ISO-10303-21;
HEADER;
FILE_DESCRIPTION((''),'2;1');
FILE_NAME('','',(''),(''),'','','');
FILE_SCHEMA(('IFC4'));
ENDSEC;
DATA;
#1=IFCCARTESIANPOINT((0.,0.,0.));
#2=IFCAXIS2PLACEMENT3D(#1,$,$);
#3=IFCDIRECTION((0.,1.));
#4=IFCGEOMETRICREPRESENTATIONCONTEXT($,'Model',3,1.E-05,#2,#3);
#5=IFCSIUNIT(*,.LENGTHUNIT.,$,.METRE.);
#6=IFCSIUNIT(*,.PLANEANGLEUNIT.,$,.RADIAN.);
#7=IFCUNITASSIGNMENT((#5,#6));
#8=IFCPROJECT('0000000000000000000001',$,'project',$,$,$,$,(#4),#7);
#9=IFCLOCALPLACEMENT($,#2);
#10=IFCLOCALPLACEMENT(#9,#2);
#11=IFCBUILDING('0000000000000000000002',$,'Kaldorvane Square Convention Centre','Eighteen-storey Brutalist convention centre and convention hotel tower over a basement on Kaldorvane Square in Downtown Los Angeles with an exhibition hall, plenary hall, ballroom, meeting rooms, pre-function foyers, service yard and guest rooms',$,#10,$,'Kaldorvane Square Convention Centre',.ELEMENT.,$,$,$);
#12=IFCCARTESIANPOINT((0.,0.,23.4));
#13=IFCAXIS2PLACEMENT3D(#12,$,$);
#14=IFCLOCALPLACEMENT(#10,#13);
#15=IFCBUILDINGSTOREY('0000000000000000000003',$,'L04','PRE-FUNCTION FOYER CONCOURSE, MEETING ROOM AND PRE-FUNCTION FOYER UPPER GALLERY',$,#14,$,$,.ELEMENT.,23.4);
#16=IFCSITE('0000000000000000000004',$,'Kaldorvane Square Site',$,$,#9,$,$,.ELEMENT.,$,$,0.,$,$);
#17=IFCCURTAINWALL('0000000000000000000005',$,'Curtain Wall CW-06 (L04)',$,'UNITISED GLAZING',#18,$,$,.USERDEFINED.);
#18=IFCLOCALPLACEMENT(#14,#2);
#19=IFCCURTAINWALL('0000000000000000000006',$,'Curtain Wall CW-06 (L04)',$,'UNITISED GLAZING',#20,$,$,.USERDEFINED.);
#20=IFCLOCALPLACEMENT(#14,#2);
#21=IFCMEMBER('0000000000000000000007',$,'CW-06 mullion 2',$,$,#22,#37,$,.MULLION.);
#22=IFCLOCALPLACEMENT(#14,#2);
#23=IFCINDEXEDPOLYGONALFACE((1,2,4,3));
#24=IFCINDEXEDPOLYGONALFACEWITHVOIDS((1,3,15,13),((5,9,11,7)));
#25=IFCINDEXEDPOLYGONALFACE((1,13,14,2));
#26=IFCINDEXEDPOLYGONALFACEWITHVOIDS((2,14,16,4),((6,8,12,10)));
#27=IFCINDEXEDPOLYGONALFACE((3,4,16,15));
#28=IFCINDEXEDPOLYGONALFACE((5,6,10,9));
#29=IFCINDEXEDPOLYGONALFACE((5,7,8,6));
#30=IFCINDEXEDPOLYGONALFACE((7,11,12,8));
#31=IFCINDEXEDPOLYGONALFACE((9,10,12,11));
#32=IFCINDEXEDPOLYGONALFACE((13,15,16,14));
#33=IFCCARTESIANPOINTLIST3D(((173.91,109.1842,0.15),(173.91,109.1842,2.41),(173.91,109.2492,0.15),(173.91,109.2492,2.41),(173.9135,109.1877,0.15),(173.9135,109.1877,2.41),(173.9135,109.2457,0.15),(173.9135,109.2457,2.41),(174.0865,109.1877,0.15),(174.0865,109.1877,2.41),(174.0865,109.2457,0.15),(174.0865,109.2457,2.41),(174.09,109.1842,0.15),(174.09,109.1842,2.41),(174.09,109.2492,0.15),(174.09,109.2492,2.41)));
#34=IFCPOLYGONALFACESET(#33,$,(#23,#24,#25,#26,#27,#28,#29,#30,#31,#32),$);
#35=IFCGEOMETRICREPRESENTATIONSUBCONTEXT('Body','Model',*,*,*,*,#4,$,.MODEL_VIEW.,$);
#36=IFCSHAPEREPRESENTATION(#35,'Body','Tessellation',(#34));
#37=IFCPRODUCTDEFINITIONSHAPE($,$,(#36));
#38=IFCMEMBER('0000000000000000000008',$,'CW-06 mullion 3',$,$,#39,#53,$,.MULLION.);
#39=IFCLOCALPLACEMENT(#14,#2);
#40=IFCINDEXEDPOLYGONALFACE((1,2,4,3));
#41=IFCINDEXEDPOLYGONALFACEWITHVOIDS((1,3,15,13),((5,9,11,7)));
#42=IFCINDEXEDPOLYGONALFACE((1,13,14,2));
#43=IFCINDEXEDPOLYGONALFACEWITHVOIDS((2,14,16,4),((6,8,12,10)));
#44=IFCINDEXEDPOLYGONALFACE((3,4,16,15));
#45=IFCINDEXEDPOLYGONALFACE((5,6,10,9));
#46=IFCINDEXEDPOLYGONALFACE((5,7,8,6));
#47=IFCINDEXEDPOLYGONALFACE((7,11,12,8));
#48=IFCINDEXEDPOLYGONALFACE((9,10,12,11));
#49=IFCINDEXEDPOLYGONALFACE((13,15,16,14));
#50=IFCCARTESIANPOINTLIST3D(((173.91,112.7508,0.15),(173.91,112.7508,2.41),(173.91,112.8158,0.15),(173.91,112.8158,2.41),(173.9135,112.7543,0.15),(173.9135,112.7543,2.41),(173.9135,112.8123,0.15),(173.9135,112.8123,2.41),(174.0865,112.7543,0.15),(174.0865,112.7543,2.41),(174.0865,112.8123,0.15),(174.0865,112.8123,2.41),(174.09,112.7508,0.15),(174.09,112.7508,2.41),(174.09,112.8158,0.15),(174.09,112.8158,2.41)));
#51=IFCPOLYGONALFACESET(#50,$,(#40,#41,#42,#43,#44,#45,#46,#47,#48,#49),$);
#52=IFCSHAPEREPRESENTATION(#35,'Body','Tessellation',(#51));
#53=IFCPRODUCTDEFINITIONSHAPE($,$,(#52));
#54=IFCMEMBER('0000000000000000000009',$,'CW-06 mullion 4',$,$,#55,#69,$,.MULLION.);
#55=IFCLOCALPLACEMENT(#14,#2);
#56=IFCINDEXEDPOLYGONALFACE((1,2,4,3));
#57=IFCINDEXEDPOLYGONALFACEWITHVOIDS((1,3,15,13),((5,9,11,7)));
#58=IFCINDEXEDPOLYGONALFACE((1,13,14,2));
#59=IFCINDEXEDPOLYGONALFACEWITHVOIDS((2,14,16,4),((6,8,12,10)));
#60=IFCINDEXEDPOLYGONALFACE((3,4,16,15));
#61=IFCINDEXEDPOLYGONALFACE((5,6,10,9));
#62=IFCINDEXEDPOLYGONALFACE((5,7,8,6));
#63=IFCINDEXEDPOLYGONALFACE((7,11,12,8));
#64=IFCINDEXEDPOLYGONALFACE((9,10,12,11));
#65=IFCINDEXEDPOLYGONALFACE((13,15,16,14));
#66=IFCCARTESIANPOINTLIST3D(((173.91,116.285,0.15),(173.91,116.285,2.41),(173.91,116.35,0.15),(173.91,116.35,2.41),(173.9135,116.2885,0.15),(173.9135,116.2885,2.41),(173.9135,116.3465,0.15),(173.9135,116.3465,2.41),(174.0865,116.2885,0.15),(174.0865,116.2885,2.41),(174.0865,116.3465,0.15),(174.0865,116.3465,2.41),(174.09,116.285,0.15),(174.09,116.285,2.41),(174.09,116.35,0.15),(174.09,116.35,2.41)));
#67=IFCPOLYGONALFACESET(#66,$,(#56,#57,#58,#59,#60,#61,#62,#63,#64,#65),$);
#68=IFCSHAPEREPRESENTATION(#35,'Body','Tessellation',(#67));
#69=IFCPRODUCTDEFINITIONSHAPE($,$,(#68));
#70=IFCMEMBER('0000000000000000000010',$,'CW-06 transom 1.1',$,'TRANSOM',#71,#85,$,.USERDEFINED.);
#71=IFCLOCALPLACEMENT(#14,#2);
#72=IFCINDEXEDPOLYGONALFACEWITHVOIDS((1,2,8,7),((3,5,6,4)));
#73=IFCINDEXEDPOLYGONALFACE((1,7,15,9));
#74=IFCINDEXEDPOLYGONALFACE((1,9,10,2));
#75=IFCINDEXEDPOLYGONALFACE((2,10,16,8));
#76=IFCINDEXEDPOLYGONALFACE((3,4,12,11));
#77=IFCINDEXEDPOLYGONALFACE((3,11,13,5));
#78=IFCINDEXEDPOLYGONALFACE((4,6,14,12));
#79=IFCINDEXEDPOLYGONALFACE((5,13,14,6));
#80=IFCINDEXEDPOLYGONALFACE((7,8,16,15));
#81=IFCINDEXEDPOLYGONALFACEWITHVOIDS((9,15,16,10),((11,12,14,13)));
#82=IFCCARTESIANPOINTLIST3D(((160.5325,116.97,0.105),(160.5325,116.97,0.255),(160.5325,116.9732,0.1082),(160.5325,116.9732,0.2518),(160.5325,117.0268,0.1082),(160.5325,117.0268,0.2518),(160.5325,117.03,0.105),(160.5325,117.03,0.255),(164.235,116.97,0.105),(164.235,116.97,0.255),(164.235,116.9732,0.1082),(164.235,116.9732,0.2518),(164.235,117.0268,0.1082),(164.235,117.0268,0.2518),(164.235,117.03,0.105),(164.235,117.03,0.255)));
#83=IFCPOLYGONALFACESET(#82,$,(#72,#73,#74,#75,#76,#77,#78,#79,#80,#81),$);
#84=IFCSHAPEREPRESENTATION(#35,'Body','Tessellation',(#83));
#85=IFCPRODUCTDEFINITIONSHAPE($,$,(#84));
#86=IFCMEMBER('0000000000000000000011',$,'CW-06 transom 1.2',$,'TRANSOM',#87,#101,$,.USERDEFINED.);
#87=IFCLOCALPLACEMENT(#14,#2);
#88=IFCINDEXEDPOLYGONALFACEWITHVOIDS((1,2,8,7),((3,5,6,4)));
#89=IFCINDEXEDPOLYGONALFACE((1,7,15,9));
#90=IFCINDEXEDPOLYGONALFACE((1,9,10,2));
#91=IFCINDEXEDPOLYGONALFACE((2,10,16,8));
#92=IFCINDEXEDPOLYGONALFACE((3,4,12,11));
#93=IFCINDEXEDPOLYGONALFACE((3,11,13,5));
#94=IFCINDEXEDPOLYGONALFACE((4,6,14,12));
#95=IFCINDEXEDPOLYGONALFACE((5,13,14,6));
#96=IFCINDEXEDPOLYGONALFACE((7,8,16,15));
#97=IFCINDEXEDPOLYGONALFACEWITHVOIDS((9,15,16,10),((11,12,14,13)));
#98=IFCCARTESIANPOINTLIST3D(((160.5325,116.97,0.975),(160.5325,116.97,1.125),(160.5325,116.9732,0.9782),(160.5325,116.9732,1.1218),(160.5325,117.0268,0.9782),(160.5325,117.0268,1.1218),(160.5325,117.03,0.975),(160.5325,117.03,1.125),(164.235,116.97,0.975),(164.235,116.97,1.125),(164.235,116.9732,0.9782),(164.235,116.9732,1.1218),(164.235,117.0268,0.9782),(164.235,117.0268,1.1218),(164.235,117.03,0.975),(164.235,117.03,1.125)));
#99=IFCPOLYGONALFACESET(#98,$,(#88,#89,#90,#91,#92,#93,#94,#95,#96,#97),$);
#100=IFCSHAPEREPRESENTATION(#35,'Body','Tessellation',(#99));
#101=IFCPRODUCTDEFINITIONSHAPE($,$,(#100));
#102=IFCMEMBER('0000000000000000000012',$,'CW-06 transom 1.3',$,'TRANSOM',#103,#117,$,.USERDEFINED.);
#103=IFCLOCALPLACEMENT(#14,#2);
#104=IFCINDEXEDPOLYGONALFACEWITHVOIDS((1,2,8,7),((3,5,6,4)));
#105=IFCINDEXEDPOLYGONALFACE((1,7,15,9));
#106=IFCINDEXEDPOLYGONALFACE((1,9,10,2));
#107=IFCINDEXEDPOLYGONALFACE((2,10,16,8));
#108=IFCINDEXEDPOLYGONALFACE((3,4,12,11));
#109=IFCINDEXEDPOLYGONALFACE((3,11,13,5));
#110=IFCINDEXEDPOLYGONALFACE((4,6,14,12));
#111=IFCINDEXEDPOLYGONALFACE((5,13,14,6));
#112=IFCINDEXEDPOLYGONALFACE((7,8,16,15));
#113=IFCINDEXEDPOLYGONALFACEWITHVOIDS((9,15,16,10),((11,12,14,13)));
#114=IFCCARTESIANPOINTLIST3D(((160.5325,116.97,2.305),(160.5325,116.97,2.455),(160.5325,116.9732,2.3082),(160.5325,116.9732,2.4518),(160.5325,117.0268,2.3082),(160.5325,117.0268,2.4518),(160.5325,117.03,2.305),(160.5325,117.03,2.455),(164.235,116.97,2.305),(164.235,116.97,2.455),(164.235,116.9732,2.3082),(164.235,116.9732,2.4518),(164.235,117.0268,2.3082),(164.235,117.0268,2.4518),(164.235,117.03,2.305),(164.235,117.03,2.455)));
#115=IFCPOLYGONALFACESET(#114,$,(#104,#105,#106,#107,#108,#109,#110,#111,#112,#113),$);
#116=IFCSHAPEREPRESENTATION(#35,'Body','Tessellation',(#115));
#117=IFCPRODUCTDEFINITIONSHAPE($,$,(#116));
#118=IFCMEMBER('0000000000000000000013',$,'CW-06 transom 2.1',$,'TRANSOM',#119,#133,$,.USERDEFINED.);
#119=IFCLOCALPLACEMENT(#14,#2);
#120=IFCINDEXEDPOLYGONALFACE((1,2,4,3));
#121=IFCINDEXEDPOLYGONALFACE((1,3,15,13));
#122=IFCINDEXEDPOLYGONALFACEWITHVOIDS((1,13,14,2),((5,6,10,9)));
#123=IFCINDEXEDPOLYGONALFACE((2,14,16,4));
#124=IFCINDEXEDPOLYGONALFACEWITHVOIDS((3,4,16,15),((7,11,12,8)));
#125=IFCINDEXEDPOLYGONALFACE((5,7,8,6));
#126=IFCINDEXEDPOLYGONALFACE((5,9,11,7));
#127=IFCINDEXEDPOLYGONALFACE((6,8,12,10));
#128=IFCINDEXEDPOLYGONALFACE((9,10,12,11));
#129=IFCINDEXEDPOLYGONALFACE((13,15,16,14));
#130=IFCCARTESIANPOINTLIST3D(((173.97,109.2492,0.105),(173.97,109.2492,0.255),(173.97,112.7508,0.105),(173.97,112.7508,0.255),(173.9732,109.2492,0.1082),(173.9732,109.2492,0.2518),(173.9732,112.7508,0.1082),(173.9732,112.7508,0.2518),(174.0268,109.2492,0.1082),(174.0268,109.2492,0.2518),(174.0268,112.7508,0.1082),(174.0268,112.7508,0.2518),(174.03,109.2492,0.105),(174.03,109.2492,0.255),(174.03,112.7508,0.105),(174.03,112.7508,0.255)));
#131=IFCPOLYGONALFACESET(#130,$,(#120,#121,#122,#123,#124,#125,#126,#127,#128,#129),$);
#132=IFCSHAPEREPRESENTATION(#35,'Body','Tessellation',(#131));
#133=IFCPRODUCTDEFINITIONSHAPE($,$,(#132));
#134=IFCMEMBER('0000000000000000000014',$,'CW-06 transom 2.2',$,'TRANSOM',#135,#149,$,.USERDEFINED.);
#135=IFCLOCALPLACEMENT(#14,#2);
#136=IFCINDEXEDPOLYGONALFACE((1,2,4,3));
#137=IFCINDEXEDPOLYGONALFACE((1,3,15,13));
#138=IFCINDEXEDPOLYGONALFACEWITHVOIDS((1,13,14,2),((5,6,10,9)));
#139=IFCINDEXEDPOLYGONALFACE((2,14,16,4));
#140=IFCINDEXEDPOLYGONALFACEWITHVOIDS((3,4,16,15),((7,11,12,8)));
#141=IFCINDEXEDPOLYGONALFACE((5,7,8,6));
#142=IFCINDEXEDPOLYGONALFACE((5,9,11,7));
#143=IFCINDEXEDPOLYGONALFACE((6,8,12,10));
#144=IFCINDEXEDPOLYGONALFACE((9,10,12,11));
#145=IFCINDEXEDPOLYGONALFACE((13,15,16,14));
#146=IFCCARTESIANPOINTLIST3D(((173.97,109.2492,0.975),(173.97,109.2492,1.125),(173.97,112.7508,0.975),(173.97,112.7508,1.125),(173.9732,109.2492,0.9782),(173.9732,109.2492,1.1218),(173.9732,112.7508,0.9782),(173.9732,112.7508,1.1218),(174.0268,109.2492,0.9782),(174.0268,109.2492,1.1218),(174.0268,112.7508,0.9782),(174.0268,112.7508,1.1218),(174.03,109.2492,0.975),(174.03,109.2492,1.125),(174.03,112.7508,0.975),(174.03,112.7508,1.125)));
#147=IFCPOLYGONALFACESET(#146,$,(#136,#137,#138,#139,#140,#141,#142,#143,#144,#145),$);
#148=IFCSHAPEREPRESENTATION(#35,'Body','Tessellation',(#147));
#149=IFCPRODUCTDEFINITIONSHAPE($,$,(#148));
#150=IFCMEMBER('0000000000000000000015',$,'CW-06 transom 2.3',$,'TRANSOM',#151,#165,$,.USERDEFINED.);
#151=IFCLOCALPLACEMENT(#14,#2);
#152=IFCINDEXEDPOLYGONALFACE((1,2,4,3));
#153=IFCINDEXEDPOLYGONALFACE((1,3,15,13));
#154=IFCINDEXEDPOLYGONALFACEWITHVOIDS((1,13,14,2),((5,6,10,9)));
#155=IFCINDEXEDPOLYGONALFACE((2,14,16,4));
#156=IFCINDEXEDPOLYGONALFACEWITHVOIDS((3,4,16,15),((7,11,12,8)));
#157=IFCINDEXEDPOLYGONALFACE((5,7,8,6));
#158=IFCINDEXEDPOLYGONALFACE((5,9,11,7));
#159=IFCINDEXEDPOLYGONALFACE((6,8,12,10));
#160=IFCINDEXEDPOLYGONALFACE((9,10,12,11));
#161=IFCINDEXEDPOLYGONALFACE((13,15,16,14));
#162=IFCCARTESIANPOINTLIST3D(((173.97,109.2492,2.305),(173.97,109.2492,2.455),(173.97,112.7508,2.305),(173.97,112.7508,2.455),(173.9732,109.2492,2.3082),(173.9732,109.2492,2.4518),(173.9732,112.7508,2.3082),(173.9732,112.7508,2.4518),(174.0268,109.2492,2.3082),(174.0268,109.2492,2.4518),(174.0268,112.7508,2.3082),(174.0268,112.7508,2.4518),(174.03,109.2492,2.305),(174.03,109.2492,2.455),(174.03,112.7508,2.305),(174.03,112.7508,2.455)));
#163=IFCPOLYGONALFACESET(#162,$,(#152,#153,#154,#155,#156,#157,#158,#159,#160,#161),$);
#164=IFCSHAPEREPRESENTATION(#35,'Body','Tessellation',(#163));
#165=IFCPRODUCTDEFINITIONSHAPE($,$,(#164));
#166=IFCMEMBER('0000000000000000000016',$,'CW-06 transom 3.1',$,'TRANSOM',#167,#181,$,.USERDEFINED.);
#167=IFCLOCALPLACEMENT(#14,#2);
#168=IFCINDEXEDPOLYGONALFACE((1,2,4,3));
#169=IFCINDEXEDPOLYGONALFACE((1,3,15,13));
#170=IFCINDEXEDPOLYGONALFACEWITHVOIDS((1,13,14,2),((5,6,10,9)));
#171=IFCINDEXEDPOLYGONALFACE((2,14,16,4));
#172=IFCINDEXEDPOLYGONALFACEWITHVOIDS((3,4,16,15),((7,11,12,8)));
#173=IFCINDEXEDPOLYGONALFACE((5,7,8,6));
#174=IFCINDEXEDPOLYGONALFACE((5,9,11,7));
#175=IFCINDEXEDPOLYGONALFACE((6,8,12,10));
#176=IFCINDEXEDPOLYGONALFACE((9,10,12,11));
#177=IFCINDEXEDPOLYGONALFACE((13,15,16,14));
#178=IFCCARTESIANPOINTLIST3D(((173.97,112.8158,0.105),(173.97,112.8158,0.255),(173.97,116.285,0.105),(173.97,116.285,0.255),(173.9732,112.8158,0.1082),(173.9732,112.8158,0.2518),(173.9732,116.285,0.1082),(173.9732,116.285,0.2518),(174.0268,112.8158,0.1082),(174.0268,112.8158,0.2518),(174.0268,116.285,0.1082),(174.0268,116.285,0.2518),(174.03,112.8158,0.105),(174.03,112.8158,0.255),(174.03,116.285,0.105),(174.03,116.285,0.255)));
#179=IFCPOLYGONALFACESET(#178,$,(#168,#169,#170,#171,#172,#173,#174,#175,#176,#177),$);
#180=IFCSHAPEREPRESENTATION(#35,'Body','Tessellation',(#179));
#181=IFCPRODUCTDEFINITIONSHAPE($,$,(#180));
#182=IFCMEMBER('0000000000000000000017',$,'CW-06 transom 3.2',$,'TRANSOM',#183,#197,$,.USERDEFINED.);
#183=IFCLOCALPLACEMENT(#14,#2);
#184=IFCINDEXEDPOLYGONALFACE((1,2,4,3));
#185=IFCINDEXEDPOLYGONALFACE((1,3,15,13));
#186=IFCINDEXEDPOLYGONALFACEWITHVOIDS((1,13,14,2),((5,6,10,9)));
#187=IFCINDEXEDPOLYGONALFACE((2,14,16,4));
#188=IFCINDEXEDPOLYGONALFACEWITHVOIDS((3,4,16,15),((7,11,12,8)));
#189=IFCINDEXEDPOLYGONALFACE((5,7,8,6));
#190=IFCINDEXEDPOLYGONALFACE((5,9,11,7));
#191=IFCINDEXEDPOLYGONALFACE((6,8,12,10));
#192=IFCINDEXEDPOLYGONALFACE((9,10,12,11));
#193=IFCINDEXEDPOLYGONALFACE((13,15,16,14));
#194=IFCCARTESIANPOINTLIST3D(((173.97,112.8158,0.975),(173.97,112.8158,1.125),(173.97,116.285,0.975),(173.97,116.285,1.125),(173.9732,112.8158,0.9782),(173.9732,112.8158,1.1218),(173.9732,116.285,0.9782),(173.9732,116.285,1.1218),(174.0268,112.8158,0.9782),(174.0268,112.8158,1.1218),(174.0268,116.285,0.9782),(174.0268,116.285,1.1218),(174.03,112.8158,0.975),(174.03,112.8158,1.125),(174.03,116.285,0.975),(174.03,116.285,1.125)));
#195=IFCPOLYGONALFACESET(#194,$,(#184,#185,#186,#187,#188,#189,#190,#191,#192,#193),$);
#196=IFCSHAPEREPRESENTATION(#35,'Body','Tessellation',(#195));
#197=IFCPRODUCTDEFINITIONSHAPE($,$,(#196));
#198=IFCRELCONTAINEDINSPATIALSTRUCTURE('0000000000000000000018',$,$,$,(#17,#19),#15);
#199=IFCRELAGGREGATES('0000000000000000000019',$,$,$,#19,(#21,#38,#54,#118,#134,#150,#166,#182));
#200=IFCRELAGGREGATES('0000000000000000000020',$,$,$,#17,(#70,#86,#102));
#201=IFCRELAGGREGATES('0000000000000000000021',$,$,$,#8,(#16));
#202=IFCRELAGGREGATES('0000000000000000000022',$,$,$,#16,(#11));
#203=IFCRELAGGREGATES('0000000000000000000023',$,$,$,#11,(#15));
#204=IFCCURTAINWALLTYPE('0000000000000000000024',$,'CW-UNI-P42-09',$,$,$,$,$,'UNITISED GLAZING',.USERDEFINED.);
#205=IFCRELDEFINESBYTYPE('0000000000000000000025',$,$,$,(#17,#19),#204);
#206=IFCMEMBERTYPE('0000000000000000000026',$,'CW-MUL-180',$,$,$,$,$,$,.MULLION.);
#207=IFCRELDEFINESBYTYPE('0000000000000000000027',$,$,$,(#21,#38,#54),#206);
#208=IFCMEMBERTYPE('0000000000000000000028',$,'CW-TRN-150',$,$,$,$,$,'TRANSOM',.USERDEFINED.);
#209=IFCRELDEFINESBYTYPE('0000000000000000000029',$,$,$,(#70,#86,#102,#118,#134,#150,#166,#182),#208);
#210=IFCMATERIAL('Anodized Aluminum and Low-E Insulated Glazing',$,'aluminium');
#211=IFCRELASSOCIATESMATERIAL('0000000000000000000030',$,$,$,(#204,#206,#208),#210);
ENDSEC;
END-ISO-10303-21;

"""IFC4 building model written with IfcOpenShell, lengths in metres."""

from ifc_helpers import new_model, si_unit, direction, frame, origin, origin_2d, place, context, subcontext, project, spatial, hollow_rectangle, extrude, material, material_profile, profile_set, type_object, element, aggregate, save


model = new_model("IFC4")

# Units and contexts
model_context = context("Model", 3, precision=1e-05, world=origin(), true_north=direction((0.0, 1.0)))
body_context = subcontext(model_context, "Body", "Model", "MODEL_VIEW")
ifc_project = project(units=[si_unit("LENGTHUNIT", "METRE"), si_unit("PLANEANGLEUNIT", "RADIAN")], contexts=[model_context])

# Site, building, storey
site_placement = place(None, origin())
site = spatial("IfcSite", under=ifc_project, at=site_placement, Name="Kaldorvane Square Site", CompositionType="ELEMENT", RefElevation=0.0)
building_placement = place(site_placement, origin())
building = spatial("IfcBuilding", under=site, at=building_placement, Name="Kaldorvane Square Convention Centre", Description="Eighteen-storey Brutalist convention centre and convention hotel tower over a basement on Kaldorvane Square in Downtown Los Angeles with an exhibition hall, plenary hall, ballroom, meeting rooms, pre-function foyers, service yard and guest rooms", LongName="Kaldorvane Square Convention Centre", CompositionType="ELEMENT")
storey_placement = place(building_placement, frame((0.0, 0.0, 23.4)))
storey = spatial("IfcBuildingStorey", under=building, at=storey_placement, Name="L04", Description="PRE-FUNCTION FOYER CONCOURSE, MEETING ROOM AND PRE-FUNCTION FOYER UPPER GALLERY", CompositionType="ELEMENT", Elevation=23.4)

# Curtain walls, members
ifc_material_1 = material(Name="Anodized Aluminum and Low-E Insulated Glazing", Category="aluminium")
curtain_wall_type = type_object("IfcCurtainWallType", Name="CW-UNI-P42-09", ElementType="UNITISED GLAZING", PredefinedType="USERDEFINED", material=ifc_material_1)
curtain_wall_1_placement = place(storey_placement, origin())
curtain_wall_1 = element("IfcCurtainWall", 1, at=curtain_wall_1_placement, inside=storey, type_object=curtain_wall_type, Name="Curtain Wall CW-06 (L04)", ObjectType="UNITISED GLAZING", PredefinedType="USERDEFINED")
ifc_material_profile_1 = material_profile(ifc_material_1, hollow_rectangle(XDim=0.065, YDim=0.18, WallThickness=0.0035, at=origin_2d()), Name="CWM-180X65")
ifc_profile_set_1 = profile_set([ifc_material_profile_1], Name="Anodized Aluminum and Low-E Insulated Glazing")
member_type_1 = type_object("IfcMemberType", Name="CW-MUL-180", PredefinedType="MULLION", material=ifc_profile_set_1)
curtain_wall_2_placement = place(storey_placement, origin())
curtain_wall_2 = element("IfcCurtainWall", 2, at=curtain_wall_2_placement, inside=storey, type_object=curtain_wall_type, Name="Curtain Wall CW-06 (L04)", ObjectType="UNITISED GLAZING", PredefinedType="USERDEFINED")
member_1_placement = place(storey_placement, frame((174.0, 109.2167, 0.15), z_axis=(0.0, 0.0, 1.0), x_axis=(0.0, 1.0, 0.0)))
member_1 = element("IfcMember", 3, at=member_1_placement, type_object=member_type_1, Name="CW-06 mullion 2", PredefinedType="MULLION", context=body_context, shape_type="SweptSolid", body=[
    extrude(hollow_rectangle(XDim=0.065, YDim=0.18, WallThickness=0.0035, at=origin_2d()), origin(), (0.0, 0.0, 1.0), 2.26),
])
member_2_placement = place(storey_placement, frame((174.0, 112.7833, 0.15), z_axis=(0.0, 0.0, 1.0), x_axis=(0.0, 1.0, 0.0)))
member_2 = element("IfcMember", 4, at=member_2_placement, type_object=member_type_1, Name="CW-06 mullion 3", PredefinedType="MULLION", context=body_context, shape_type="SweptSolid", body=[
    extrude(hollow_rectangle(XDim=0.065, YDim=0.18, WallThickness=0.0035, at=origin_2d()), origin(), (0.0, 0.0, 1.0), 2.26),
])
member_3_placement = place(storey_placement, frame((174.0, 116.3175, 0.15), z_axis=(0.0, 0.0, 1.0), x_axis=(0.0, 1.0, 0.0)))
member_3 = element("IfcMember", 5, at=member_3_placement, type_object=member_type_1, Name="CW-06 mullion 4", PredefinedType="MULLION", context=body_context, shape_type="SweptSolid", body=[
    extrude(hollow_rectangle(XDim=0.065, YDim=0.18, WallThickness=0.0035, at=origin_2d()), origin(), (0.0, 0.0, 1.0), 2.26),
])

# Members
ifc_material_profile_2 = material_profile(ifc_material_1, hollow_rectangle(XDim=0.06, YDim=0.15, WallThickness=0.0032, at=origin_2d()), Name="CWT-150X60")
ifc_profile_set_2 = profile_set([ifc_material_profile_2], Name="Anodized Aluminum and Low-E Insulated Glazing")
member_type_2 = type_object("IfcMemberType", Name="CW-TRN-150", ElementType="TRANSOM", PredefinedType="USERDEFINED", material=ifc_profile_set_2)
member_4_placement = place(storey_placement, frame((164.235, 117.0, 0.18), z_axis=(-1.0, 0.0, 0.0), x_axis=(0.0, -1.0, 0.0)))
member_4 = element("IfcMember", 6, at=member_4_placement, type_object=member_type_2, Name="CW-06 transom 1.1", ObjectType="TRANSOM", PredefinedType="USERDEFINED", context=body_context, shape_type="SweptSolid", body=[
    extrude(hollow_rectangle(XDim=0.06, YDim=0.15, WallThickness=0.0032, at=origin_2d()), origin(), (0.0, 0.0, 1.0), 3.7025),
])
member_5_placement = place(storey_placement, frame((164.235, 117.0, 1.05), z_axis=(-1.0, 0.0, 0.0), x_axis=(0.0, -1.0, 0.0)))
member_5 = element("IfcMember", 7, at=member_5_placement, type_object=member_type_2, Name="CW-06 transom 1.2", ObjectType="TRANSOM", PredefinedType="USERDEFINED", context=body_context, shape_type="SweptSolid", body=[
    extrude(hollow_rectangle(XDim=0.06, YDim=0.15, WallThickness=0.0032, at=origin_2d()), origin(), (0.0, 0.0, 1.0), 3.7025),
])
member_6_placement = place(storey_placement, frame((164.235, 117.0, 2.38), z_axis=(-1.0, 0.0, 0.0), x_axis=(0.0, -1.0, 0.0)))
member_6 = element("IfcMember", 8, at=member_6_placement, type_object=member_type_2, Name="CW-06 transom 1.3", ObjectType="TRANSOM", PredefinedType="USERDEFINED", context=body_context, shape_type="SweptSolid", body=[
    extrude(hollow_rectangle(XDim=0.06, YDim=0.15, WallThickness=0.0032, at=origin_2d()), origin(), (0.0, 0.0, 1.0), 3.7025),
])
member_7_placement = place(storey_placement, frame((174.0, 109.2492, 0.18), z_axis=(0.0, 1.0, 0.0), x_axis=(-1.0, 0.0, 0.0)))
member_7 = element("IfcMember", 9, at=member_7_placement, type_object=member_type_2, Name="CW-06 transom 2.1", ObjectType="TRANSOM", PredefinedType="USERDEFINED", context=body_context, shape_type="SweptSolid", body=[
    extrude(hollow_rectangle(XDim=0.06, YDim=0.15, WallThickness=0.0032, at=origin_2d()), origin(), (0.0, 0.0, 1.0), 3.5017),
])
member_8_placement = place(storey_placement, frame((174.0, 109.2492, 1.05), z_axis=(0.0, 1.0, 0.0), x_axis=(-1.0, 0.0, 0.0)))
member_8 = element("IfcMember", 10, at=member_8_placement, type_object=member_type_2, Name="CW-06 transom 2.2", ObjectType="TRANSOM", PredefinedType="USERDEFINED", context=body_context, shape_type="SweptSolid", body=[
    extrude(hollow_rectangle(XDim=0.06, YDim=0.15, WallThickness=0.0032, at=origin_2d()), origin(), (0.0, 0.0, 1.0), 3.5017),
])
member_9_placement = place(storey_placement, frame((174.0, 109.2492, 2.38), z_axis=(0.0, 1.0, 0.0), x_axis=(-1.0, 0.0, 0.0)))
member_9 = element("IfcMember", 11, at=member_9_placement, type_object=member_type_2, Name="CW-06 transom 2.3", ObjectType="TRANSOM", PredefinedType="USERDEFINED", context=body_context, shape_type="SweptSolid", body=[
    extrude(hollow_rectangle(XDim=0.06, YDim=0.15, WallThickness=0.0032, at=origin_2d()), origin(), (0.0, 0.0, 1.0), 3.5017),
])
member_10_placement = place(storey_placement, frame((174.0, 112.8158, 0.18), z_axis=(0.0, 1.0, 0.0), x_axis=(-1.0, 0.0, 0.0)))
member_10 = element("IfcMember", 12, at=member_10_placement, type_object=member_type_2, Name="CW-06 transom 3.1", ObjectType="TRANSOM", PredefinedType="USERDEFINED", context=body_context, shape_type="SweptSolid", body=[
    extrude(hollow_rectangle(XDim=0.06, YDim=0.15, WallThickness=0.0032, at=origin_2d()), origin(), (0.0, 0.0, 1.0), 3.4692),
])
member_11_placement = place(storey_placement, frame((174.0, 112.8158, 1.05), z_axis=(0.0, 1.0, 0.0), x_axis=(-1.0, 0.0, 0.0)))
member_11 = element("IfcMember", 13, at=member_11_placement, type_object=member_type_2, Name="CW-06 transom 3.2", ObjectType="TRANSOM", PredefinedType="USERDEFINED", context=body_context, shape_type="SweptSolid", body=[
    extrude(hollow_rectangle(XDim=0.06, YDim=0.15, WallThickness=0.0032, at=origin_2d()), origin(), (0.0, 0.0, 1.0), 3.4692),
])

aggregate(curtain_wall_2, [member_1, member_2, member_3, member_7, member_8, member_9, member_10, member_11])
aggregate(curtain_wall_1, [member_4, member_5, member_6])

save(model, "model.ifc")
